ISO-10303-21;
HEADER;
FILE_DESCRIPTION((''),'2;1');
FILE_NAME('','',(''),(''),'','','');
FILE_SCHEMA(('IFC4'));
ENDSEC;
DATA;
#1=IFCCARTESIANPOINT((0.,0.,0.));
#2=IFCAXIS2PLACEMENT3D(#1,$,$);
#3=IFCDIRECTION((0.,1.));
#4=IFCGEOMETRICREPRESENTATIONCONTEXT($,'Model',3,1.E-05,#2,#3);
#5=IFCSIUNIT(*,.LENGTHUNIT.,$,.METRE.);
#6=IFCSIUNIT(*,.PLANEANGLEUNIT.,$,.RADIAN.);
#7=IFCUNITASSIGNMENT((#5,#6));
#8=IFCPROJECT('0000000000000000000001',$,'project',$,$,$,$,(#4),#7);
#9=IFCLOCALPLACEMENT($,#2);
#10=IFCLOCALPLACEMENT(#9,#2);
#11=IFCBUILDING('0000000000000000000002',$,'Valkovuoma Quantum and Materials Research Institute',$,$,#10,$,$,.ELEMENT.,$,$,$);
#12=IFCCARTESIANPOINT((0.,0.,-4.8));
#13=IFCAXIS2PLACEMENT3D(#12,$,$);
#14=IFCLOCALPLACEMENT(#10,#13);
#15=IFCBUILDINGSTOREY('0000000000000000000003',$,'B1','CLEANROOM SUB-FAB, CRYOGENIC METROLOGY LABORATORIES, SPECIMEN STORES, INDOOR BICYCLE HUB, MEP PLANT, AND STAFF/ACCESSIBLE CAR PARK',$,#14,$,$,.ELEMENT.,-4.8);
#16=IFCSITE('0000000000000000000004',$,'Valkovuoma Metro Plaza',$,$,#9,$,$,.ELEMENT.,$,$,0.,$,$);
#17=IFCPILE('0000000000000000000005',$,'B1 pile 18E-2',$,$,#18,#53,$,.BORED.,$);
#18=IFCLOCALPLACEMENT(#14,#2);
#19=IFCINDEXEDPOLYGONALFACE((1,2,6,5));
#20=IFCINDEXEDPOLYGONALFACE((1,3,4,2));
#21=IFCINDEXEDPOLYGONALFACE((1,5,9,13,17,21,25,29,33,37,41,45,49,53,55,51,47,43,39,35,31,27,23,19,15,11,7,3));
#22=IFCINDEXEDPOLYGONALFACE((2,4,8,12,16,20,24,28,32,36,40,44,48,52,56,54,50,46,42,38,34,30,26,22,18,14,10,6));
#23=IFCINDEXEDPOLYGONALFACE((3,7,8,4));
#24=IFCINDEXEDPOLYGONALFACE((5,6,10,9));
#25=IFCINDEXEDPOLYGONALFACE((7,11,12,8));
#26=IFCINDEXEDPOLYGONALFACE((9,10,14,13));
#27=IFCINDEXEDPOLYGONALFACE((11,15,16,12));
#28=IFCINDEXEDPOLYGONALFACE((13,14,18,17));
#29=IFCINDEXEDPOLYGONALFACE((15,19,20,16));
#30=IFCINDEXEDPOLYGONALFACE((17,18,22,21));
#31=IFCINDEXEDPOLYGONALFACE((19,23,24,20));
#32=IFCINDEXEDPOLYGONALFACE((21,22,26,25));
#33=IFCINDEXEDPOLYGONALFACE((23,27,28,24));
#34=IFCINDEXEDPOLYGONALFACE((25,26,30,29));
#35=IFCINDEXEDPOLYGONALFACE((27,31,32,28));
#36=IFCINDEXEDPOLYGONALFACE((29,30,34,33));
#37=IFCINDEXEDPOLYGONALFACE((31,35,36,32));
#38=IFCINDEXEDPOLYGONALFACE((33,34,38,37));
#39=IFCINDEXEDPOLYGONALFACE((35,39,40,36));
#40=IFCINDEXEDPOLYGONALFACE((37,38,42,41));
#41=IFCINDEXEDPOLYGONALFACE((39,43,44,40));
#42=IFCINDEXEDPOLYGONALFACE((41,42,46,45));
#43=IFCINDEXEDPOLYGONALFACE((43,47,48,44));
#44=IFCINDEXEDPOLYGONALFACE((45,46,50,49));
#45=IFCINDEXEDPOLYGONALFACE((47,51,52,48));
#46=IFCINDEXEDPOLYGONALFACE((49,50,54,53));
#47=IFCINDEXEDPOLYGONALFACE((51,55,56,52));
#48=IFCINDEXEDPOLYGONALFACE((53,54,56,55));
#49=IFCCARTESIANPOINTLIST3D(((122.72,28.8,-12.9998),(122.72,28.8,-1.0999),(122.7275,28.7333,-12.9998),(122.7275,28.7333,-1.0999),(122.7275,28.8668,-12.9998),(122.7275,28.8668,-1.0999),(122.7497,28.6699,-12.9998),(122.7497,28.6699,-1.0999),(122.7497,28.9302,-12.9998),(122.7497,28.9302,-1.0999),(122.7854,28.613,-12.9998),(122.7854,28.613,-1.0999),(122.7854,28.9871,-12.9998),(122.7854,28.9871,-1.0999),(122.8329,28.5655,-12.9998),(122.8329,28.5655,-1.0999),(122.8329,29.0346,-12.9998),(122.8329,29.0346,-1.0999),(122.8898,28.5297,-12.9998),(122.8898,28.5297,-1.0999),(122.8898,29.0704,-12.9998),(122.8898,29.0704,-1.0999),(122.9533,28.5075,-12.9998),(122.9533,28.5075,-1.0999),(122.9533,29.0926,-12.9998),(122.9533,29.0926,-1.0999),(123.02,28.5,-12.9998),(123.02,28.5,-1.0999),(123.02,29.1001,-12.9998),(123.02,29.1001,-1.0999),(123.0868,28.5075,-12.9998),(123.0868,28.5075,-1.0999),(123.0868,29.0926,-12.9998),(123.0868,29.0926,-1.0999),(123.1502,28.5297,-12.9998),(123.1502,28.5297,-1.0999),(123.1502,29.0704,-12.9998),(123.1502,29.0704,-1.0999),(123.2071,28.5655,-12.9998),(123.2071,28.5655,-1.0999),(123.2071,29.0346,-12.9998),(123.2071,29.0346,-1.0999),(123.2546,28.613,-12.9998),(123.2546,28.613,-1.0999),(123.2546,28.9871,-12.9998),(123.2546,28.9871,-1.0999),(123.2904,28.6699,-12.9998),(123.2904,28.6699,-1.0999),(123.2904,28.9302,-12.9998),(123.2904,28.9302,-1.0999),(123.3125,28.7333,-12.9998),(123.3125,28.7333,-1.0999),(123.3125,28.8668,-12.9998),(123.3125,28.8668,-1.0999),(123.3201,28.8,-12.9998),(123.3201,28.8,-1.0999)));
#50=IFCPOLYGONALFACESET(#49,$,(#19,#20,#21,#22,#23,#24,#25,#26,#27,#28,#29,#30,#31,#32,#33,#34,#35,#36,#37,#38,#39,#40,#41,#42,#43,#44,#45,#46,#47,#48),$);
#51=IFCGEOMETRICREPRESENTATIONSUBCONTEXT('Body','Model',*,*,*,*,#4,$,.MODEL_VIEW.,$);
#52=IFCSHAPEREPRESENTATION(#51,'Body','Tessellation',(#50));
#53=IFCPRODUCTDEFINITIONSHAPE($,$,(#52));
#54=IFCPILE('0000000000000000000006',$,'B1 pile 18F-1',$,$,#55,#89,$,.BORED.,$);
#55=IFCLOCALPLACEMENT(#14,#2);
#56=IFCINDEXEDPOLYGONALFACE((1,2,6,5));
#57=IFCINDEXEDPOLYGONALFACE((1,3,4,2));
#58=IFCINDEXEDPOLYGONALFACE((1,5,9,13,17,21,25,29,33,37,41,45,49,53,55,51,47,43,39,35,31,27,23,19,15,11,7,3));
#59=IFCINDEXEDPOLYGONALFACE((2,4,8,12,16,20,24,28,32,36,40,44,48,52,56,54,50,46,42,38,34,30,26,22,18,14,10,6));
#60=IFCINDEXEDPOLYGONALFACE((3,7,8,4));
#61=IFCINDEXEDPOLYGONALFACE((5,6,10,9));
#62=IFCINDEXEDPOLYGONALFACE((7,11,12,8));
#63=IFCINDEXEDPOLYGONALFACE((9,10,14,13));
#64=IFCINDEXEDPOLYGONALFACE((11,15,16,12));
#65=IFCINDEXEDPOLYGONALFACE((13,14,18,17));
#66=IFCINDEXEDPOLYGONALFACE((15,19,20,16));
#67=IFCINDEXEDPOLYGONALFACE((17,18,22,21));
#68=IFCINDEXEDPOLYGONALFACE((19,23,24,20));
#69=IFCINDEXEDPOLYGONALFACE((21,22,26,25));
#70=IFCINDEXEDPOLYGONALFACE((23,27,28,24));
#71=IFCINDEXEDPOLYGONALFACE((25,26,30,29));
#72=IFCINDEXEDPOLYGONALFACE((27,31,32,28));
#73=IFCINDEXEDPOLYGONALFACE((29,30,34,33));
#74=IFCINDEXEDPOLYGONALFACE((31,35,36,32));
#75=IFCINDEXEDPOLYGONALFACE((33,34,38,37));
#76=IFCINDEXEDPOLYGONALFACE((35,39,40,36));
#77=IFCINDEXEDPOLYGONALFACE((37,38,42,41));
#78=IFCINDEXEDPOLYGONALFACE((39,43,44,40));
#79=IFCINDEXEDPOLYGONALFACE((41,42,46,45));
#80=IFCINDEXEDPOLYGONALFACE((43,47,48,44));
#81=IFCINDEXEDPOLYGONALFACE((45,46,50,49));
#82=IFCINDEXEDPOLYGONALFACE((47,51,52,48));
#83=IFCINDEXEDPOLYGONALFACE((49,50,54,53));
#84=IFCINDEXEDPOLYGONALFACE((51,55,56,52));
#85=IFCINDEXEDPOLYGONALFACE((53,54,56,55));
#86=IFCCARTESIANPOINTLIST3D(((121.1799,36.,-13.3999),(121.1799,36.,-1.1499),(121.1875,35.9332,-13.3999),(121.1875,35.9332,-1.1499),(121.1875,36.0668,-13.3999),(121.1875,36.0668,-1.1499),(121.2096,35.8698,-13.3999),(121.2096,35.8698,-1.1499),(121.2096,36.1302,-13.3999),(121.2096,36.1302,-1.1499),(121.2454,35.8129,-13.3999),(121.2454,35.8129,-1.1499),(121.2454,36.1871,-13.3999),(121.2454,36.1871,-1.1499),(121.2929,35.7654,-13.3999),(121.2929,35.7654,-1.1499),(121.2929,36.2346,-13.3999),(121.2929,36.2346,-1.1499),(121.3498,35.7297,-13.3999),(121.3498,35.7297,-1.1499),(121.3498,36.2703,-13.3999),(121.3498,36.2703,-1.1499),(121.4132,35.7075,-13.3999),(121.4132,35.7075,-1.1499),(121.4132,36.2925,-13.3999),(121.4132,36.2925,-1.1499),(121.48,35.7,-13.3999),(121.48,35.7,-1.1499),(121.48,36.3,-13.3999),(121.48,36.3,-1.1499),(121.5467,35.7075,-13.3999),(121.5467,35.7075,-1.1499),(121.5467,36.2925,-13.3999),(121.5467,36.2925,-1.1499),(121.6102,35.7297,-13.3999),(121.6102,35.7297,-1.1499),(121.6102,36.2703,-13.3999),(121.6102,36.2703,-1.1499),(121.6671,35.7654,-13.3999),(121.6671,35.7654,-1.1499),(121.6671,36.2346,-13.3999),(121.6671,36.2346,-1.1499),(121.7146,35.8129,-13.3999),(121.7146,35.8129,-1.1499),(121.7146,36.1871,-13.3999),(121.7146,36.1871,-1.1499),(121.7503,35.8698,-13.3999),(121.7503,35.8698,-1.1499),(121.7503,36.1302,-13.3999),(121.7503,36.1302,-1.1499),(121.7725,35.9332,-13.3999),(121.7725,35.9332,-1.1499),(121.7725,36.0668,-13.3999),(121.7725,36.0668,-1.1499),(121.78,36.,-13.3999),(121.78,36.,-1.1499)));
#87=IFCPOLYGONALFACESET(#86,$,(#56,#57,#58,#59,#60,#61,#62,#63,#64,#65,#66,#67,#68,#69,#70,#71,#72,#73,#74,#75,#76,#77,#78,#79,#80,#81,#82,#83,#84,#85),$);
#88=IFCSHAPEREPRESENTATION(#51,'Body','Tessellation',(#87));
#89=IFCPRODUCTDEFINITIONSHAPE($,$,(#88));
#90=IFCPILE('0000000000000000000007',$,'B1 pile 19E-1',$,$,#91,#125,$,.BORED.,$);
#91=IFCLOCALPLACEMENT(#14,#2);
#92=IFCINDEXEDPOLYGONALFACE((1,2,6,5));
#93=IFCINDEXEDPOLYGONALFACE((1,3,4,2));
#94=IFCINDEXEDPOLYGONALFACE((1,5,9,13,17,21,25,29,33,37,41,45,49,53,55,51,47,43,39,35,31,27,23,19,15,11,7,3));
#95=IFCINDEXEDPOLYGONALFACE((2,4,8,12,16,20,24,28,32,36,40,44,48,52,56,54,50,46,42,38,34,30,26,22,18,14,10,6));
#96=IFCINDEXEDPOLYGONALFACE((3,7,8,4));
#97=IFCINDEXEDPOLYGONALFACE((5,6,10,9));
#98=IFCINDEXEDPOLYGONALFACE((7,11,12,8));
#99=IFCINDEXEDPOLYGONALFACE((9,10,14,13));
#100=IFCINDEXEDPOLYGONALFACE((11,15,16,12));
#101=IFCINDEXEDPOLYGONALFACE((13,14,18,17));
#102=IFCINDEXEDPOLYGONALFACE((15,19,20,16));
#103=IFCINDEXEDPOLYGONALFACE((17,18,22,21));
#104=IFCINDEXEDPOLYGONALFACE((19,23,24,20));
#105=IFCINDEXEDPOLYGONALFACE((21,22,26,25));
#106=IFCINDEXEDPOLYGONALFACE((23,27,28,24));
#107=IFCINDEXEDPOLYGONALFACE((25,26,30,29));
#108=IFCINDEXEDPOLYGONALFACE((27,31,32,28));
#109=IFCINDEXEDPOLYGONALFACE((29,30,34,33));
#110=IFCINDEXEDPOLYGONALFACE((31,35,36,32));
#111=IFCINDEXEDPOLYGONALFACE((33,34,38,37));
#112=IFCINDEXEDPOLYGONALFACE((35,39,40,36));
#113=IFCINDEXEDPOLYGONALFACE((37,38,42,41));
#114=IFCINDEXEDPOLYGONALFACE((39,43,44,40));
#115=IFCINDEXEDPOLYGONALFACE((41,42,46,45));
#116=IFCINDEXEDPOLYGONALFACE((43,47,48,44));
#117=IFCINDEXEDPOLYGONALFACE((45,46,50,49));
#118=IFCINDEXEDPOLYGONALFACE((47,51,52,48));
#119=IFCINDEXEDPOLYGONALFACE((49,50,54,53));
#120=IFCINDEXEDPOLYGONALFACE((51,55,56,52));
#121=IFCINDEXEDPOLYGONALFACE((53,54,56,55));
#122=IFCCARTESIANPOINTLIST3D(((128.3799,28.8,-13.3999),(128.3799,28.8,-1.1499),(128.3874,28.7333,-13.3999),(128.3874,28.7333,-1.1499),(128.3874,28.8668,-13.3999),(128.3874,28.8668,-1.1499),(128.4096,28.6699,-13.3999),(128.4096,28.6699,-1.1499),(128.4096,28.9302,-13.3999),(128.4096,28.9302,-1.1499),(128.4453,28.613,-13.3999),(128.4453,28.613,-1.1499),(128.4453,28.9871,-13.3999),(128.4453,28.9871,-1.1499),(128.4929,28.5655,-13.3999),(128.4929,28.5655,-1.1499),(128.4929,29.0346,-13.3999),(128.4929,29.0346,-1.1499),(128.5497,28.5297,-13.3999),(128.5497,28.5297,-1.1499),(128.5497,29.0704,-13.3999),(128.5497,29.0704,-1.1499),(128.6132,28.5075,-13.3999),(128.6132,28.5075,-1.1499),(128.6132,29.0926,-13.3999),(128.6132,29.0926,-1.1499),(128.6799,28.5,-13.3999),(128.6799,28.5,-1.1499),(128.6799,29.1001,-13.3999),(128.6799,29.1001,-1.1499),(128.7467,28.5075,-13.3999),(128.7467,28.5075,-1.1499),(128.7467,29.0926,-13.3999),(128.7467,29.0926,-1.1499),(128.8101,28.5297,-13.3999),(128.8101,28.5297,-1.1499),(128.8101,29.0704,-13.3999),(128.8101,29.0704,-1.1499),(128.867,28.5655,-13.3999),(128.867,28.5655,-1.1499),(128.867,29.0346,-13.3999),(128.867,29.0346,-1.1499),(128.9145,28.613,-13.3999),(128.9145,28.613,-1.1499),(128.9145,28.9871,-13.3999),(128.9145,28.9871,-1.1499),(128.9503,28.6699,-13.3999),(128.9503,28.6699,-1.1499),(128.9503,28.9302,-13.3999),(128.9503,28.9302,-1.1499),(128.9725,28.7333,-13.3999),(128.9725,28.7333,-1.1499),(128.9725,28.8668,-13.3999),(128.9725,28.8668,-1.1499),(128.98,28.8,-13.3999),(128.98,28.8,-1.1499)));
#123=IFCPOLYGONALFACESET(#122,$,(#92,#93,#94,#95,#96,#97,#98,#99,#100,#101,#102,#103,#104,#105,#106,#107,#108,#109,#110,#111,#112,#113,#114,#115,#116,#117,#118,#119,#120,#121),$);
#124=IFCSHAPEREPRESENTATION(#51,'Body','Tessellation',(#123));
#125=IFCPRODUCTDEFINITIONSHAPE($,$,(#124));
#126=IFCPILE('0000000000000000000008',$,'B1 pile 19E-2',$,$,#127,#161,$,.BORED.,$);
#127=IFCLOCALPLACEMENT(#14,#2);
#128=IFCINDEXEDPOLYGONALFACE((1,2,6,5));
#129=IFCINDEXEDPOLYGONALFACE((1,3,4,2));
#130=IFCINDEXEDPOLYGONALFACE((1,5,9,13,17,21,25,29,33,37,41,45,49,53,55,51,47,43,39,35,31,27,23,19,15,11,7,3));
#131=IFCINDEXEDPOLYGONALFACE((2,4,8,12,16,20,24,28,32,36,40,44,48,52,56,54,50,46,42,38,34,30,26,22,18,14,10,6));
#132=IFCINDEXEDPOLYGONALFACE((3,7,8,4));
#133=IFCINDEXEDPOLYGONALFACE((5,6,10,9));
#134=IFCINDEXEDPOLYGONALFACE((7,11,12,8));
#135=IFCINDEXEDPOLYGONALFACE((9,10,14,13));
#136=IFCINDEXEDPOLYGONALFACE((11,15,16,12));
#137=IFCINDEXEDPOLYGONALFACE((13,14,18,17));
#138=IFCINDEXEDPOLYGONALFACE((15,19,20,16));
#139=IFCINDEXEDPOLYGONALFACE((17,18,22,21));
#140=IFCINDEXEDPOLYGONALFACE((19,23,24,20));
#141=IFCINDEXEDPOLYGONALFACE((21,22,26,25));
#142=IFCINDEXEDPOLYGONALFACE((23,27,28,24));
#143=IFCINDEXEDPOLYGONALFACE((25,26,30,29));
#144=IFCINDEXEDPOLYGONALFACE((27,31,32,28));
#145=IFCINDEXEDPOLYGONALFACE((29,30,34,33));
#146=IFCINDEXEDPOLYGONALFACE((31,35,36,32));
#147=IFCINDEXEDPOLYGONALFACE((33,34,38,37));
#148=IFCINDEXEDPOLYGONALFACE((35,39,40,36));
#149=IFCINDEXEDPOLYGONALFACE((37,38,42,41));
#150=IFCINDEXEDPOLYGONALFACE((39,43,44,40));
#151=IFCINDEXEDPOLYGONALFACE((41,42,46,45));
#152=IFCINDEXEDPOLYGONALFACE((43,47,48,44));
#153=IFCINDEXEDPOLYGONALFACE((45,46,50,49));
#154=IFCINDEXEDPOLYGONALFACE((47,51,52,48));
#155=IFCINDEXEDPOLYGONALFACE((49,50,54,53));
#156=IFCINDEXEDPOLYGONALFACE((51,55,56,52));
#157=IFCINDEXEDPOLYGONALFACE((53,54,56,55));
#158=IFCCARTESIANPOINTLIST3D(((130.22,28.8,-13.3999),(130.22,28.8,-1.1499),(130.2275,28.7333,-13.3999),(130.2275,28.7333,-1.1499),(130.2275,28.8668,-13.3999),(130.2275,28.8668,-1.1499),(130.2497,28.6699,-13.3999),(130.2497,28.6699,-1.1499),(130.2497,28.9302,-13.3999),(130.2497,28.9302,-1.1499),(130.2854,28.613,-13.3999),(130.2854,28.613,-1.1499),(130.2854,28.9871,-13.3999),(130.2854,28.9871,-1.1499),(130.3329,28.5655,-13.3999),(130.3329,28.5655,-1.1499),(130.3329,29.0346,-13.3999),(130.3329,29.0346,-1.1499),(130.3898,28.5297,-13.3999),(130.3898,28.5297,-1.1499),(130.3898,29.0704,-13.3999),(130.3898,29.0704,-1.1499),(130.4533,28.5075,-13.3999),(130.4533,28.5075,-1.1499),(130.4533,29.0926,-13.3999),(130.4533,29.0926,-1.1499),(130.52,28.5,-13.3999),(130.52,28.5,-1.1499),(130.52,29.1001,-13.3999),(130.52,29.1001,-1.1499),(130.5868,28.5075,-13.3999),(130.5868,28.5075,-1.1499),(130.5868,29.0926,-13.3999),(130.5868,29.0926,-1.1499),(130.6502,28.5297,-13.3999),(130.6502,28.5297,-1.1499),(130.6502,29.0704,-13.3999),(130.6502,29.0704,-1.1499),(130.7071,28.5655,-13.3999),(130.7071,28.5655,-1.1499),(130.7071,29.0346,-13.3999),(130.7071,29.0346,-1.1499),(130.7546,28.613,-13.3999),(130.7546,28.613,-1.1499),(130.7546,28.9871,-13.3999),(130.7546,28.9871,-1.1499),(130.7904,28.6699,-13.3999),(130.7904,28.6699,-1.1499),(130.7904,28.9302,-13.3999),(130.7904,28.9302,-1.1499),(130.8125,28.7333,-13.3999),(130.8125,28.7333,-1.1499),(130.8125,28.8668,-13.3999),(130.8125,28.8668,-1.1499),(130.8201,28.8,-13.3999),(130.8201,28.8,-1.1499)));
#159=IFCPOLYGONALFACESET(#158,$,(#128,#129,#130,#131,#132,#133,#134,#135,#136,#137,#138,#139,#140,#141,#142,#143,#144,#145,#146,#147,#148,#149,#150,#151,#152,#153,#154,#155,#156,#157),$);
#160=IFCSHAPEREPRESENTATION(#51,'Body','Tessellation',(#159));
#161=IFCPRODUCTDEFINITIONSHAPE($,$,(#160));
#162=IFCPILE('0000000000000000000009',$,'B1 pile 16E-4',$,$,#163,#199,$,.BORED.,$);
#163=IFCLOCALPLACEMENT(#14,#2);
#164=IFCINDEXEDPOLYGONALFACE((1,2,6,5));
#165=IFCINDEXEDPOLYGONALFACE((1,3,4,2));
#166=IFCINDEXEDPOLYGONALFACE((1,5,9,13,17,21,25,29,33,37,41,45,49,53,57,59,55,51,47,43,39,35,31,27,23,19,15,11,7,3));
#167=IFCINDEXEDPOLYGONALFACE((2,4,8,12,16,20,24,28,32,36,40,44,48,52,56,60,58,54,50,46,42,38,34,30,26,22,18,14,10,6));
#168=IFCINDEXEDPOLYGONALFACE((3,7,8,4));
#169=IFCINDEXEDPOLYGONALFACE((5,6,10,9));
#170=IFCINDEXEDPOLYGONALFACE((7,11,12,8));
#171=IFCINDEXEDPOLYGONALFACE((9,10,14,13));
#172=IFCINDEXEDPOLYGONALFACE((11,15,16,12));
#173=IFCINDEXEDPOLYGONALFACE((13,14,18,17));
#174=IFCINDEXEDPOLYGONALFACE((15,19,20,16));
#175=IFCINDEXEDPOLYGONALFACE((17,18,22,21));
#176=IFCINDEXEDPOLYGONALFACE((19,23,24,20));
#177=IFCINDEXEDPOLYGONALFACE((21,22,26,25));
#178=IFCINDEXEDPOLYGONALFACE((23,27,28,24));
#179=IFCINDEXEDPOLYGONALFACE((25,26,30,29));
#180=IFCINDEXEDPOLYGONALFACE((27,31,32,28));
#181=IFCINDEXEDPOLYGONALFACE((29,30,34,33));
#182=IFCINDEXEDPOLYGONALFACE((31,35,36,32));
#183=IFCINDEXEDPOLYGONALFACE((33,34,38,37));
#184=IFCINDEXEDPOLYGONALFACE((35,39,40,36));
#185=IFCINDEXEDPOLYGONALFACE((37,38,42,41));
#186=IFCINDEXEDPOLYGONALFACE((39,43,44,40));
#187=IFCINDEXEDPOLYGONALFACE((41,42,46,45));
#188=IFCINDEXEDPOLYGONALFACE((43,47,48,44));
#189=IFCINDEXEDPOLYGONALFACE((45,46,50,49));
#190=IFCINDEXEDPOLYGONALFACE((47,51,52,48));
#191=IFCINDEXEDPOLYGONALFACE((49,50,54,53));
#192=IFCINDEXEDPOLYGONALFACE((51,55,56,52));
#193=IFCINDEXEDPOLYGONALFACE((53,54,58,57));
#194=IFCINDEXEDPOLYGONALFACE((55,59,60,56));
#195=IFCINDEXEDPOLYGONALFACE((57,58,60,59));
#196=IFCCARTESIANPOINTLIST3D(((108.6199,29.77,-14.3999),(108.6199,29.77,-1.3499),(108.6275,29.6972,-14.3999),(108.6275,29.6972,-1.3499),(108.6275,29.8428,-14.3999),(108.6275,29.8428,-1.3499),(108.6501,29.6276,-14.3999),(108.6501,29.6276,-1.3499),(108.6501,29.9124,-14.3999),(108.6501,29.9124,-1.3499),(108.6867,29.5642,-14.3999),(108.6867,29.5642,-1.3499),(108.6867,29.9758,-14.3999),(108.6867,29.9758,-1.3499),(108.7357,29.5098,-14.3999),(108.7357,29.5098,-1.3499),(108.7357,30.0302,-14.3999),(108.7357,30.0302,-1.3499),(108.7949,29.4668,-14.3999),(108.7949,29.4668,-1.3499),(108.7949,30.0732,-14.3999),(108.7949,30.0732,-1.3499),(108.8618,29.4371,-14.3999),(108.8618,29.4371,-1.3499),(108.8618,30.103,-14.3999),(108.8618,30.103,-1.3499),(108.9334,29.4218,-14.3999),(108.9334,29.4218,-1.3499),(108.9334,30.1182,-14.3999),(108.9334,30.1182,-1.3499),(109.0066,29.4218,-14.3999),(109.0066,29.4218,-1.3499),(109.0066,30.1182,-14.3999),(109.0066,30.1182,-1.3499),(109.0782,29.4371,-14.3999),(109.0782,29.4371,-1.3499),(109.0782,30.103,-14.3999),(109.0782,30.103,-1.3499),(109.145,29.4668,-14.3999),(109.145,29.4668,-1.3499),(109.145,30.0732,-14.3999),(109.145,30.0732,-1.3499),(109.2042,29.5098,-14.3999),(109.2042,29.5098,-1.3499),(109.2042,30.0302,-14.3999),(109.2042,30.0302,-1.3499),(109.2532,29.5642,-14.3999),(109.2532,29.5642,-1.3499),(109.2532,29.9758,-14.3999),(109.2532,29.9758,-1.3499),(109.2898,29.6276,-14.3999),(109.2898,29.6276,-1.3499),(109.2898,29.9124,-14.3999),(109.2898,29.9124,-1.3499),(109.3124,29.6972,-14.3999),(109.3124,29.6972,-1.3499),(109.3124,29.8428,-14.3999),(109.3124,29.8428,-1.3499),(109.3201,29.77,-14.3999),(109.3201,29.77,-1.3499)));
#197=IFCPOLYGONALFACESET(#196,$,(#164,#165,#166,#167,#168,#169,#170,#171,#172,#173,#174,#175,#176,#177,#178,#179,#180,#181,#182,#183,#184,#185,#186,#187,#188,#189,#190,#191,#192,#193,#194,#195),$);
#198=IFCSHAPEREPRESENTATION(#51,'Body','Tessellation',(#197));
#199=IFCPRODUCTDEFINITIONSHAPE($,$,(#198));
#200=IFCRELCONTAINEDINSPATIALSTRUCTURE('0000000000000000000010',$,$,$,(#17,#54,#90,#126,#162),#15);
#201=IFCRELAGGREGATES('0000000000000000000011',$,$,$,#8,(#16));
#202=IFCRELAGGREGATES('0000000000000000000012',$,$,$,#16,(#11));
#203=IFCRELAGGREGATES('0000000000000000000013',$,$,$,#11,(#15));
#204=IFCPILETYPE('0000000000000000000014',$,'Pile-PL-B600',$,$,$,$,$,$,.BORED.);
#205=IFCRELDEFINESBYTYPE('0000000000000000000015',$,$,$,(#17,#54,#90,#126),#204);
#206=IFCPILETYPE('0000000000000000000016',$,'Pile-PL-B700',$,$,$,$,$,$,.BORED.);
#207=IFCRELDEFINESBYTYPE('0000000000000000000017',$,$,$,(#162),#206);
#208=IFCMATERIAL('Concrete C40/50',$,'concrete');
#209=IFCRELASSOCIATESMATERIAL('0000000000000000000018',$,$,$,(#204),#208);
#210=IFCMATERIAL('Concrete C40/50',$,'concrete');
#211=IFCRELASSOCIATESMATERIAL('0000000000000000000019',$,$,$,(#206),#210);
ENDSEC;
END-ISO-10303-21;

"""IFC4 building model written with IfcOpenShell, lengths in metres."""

from ifc_helpers import new_model, si_unit, direction, frame, origin, origin_2d, place, context, subcontext, project, spatial, circle, extrude, material, material_profile, profile_set, type_object, element, save


model = new_model("IFC4")

# Units and contexts
model_context = context("Model", 3, precision=1e-05, world=origin(), true_north=direction((0.0, 1.0)))
body_context = subcontext(model_context, "Body", "Model", "MODEL_VIEW")
ifc_project = project(units=[si_unit("LENGTHUNIT", "METRE"), si_unit("PLANEANGLEUNIT", "RADIAN")], contexts=[model_context])

# Site, building, storey
site_placement = place(None, origin())
site = spatial("IfcSite", under=ifc_project, at=site_placement, Name="Valkovuoma Metro Plaza", CompositionType="ELEMENT", RefElevation=0.0)
building_placement = place(site_placement, origin())
building = spatial("IfcBuilding", under=site, at=building_placement, Name="Valkovuoma Quantum and Materials Research Institute", CompositionType="ELEMENT")
storey_placement = place(building_placement, frame((0.0, 0.0, -4.8)))
storey = spatial("IfcBuildingStorey", under=building, at=storey_placement, Name="B1", Description="CLEANROOM SUB-FAB, CRYOGENIC METROLOGY LABORATORIES, SPECIMEN STORES, INDOOR BICYCLE HUB, MEP PLANT, AND STAFF/ACCESSIBLE CAR PARK", CompositionType="ELEMENT", Elevation=-4.8)

# Piles
ifc_material_1 = material(Name="Concrete C40/50", Category="concrete")
ifc_material_profile_1 = material_profile(ifc_material_1, circle(Radius=0.3, at=origin_2d()), Name="Concrete C40/50")
ifc_profile_set_1 = profile_set([ifc_material_profile_1], Name="Concrete C40/50")
pile_type_1 = type_object("IfcPileType", Name="Pile-PL-B600", PredefinedType="BORED", material=ifc_profile_set_1)
for number, where, z_axis, x_axis, name in (
    (1, (123.02, 28.8, -1.0999), (0.0, 0.0, -1.0), (1.0, 0.0, 0.0), "B1 pile 18E-2"),
):
    element("IfcPile", number, at=place(storey_placement, frame(where, z_axis=z_axis, x_axis=x_axis)), inside=storey, type_object=pile_type_1, Name=name, PredefinedType="BORED", context=body_context, shape_type="SweptSolid", body=[
        extrude(circle(Radius=0.3, at=origin_2d()), origin(), (0.0, 0.0, 1.0), 11.8999),
    ])
for number, where, z_axis, x_axis, name in (
    (2, (121.48, 36.0, -1.1499), (0.0, 0.0, -1.0), (1.0, 0.0, 0.0), "B1 pile 18F-1"),
    (3, (128.6799, 28.8, -1.1499), (0.0, 0.0, -1.0), (1.0, 0.0, 0.0), "B1 pile 19E-1"),
    (4, (130.52, 28.8, -1.1499), (0.0, 0.0, -1.0), (1.0, 0.0, 0.0), "B1 pile 19E-2"),
):
    element("IfcPile", number, at=place(storey_placement, frame(where, z_axis=z_axis, x_axis=x_axis)), inside=storey, type_object=pile_type_1, Name=name, PredefinedType="BORED", context=body_context, shape_type="SweptSolid", body=[
        extrude(circle(Radius=0.3, at=origin_2d()), origin(), (0.0, 0.0, 1.0), 12.25),
    ])
ifc_material_2 = material(Name="Concrete C40/50", Category="concrete")
ifc_material_profile_2 = material_profile(ifc_material_2, circle(Radius=0.3501, at=origin_2d()), Name="Concrete C40/50")
ifc_profile_set_2 = profile_set([ifc_material_profile_2], Name="Concrete C40/50")
pile_type_2 = type_object("IfcPileType", Name="Pile-PL-B700", PredefinedType="BORED", material=ifc_profile_set_2)
pile_1_placement = place(storey_placement, frame((108.97, 29.77, -1.3499), z_axis=(0.0, 0.0, -1.0), x_axis=(1.0, 0.0, 0.0)))
element("IfcPile", 5, at=pile_1_placement, inside=storey, type_object=pile_type_2, Name="B1 pile 16E-4", PredefinedType="BORED", context=body_context, shape_type="SweptSolid", body=[
    extrude(circle(Radius=0.3501, at=origin_2d()), origin(), (0.0, 0.0, 1.0), 13.05),
])

save(model, "model.ifc")
